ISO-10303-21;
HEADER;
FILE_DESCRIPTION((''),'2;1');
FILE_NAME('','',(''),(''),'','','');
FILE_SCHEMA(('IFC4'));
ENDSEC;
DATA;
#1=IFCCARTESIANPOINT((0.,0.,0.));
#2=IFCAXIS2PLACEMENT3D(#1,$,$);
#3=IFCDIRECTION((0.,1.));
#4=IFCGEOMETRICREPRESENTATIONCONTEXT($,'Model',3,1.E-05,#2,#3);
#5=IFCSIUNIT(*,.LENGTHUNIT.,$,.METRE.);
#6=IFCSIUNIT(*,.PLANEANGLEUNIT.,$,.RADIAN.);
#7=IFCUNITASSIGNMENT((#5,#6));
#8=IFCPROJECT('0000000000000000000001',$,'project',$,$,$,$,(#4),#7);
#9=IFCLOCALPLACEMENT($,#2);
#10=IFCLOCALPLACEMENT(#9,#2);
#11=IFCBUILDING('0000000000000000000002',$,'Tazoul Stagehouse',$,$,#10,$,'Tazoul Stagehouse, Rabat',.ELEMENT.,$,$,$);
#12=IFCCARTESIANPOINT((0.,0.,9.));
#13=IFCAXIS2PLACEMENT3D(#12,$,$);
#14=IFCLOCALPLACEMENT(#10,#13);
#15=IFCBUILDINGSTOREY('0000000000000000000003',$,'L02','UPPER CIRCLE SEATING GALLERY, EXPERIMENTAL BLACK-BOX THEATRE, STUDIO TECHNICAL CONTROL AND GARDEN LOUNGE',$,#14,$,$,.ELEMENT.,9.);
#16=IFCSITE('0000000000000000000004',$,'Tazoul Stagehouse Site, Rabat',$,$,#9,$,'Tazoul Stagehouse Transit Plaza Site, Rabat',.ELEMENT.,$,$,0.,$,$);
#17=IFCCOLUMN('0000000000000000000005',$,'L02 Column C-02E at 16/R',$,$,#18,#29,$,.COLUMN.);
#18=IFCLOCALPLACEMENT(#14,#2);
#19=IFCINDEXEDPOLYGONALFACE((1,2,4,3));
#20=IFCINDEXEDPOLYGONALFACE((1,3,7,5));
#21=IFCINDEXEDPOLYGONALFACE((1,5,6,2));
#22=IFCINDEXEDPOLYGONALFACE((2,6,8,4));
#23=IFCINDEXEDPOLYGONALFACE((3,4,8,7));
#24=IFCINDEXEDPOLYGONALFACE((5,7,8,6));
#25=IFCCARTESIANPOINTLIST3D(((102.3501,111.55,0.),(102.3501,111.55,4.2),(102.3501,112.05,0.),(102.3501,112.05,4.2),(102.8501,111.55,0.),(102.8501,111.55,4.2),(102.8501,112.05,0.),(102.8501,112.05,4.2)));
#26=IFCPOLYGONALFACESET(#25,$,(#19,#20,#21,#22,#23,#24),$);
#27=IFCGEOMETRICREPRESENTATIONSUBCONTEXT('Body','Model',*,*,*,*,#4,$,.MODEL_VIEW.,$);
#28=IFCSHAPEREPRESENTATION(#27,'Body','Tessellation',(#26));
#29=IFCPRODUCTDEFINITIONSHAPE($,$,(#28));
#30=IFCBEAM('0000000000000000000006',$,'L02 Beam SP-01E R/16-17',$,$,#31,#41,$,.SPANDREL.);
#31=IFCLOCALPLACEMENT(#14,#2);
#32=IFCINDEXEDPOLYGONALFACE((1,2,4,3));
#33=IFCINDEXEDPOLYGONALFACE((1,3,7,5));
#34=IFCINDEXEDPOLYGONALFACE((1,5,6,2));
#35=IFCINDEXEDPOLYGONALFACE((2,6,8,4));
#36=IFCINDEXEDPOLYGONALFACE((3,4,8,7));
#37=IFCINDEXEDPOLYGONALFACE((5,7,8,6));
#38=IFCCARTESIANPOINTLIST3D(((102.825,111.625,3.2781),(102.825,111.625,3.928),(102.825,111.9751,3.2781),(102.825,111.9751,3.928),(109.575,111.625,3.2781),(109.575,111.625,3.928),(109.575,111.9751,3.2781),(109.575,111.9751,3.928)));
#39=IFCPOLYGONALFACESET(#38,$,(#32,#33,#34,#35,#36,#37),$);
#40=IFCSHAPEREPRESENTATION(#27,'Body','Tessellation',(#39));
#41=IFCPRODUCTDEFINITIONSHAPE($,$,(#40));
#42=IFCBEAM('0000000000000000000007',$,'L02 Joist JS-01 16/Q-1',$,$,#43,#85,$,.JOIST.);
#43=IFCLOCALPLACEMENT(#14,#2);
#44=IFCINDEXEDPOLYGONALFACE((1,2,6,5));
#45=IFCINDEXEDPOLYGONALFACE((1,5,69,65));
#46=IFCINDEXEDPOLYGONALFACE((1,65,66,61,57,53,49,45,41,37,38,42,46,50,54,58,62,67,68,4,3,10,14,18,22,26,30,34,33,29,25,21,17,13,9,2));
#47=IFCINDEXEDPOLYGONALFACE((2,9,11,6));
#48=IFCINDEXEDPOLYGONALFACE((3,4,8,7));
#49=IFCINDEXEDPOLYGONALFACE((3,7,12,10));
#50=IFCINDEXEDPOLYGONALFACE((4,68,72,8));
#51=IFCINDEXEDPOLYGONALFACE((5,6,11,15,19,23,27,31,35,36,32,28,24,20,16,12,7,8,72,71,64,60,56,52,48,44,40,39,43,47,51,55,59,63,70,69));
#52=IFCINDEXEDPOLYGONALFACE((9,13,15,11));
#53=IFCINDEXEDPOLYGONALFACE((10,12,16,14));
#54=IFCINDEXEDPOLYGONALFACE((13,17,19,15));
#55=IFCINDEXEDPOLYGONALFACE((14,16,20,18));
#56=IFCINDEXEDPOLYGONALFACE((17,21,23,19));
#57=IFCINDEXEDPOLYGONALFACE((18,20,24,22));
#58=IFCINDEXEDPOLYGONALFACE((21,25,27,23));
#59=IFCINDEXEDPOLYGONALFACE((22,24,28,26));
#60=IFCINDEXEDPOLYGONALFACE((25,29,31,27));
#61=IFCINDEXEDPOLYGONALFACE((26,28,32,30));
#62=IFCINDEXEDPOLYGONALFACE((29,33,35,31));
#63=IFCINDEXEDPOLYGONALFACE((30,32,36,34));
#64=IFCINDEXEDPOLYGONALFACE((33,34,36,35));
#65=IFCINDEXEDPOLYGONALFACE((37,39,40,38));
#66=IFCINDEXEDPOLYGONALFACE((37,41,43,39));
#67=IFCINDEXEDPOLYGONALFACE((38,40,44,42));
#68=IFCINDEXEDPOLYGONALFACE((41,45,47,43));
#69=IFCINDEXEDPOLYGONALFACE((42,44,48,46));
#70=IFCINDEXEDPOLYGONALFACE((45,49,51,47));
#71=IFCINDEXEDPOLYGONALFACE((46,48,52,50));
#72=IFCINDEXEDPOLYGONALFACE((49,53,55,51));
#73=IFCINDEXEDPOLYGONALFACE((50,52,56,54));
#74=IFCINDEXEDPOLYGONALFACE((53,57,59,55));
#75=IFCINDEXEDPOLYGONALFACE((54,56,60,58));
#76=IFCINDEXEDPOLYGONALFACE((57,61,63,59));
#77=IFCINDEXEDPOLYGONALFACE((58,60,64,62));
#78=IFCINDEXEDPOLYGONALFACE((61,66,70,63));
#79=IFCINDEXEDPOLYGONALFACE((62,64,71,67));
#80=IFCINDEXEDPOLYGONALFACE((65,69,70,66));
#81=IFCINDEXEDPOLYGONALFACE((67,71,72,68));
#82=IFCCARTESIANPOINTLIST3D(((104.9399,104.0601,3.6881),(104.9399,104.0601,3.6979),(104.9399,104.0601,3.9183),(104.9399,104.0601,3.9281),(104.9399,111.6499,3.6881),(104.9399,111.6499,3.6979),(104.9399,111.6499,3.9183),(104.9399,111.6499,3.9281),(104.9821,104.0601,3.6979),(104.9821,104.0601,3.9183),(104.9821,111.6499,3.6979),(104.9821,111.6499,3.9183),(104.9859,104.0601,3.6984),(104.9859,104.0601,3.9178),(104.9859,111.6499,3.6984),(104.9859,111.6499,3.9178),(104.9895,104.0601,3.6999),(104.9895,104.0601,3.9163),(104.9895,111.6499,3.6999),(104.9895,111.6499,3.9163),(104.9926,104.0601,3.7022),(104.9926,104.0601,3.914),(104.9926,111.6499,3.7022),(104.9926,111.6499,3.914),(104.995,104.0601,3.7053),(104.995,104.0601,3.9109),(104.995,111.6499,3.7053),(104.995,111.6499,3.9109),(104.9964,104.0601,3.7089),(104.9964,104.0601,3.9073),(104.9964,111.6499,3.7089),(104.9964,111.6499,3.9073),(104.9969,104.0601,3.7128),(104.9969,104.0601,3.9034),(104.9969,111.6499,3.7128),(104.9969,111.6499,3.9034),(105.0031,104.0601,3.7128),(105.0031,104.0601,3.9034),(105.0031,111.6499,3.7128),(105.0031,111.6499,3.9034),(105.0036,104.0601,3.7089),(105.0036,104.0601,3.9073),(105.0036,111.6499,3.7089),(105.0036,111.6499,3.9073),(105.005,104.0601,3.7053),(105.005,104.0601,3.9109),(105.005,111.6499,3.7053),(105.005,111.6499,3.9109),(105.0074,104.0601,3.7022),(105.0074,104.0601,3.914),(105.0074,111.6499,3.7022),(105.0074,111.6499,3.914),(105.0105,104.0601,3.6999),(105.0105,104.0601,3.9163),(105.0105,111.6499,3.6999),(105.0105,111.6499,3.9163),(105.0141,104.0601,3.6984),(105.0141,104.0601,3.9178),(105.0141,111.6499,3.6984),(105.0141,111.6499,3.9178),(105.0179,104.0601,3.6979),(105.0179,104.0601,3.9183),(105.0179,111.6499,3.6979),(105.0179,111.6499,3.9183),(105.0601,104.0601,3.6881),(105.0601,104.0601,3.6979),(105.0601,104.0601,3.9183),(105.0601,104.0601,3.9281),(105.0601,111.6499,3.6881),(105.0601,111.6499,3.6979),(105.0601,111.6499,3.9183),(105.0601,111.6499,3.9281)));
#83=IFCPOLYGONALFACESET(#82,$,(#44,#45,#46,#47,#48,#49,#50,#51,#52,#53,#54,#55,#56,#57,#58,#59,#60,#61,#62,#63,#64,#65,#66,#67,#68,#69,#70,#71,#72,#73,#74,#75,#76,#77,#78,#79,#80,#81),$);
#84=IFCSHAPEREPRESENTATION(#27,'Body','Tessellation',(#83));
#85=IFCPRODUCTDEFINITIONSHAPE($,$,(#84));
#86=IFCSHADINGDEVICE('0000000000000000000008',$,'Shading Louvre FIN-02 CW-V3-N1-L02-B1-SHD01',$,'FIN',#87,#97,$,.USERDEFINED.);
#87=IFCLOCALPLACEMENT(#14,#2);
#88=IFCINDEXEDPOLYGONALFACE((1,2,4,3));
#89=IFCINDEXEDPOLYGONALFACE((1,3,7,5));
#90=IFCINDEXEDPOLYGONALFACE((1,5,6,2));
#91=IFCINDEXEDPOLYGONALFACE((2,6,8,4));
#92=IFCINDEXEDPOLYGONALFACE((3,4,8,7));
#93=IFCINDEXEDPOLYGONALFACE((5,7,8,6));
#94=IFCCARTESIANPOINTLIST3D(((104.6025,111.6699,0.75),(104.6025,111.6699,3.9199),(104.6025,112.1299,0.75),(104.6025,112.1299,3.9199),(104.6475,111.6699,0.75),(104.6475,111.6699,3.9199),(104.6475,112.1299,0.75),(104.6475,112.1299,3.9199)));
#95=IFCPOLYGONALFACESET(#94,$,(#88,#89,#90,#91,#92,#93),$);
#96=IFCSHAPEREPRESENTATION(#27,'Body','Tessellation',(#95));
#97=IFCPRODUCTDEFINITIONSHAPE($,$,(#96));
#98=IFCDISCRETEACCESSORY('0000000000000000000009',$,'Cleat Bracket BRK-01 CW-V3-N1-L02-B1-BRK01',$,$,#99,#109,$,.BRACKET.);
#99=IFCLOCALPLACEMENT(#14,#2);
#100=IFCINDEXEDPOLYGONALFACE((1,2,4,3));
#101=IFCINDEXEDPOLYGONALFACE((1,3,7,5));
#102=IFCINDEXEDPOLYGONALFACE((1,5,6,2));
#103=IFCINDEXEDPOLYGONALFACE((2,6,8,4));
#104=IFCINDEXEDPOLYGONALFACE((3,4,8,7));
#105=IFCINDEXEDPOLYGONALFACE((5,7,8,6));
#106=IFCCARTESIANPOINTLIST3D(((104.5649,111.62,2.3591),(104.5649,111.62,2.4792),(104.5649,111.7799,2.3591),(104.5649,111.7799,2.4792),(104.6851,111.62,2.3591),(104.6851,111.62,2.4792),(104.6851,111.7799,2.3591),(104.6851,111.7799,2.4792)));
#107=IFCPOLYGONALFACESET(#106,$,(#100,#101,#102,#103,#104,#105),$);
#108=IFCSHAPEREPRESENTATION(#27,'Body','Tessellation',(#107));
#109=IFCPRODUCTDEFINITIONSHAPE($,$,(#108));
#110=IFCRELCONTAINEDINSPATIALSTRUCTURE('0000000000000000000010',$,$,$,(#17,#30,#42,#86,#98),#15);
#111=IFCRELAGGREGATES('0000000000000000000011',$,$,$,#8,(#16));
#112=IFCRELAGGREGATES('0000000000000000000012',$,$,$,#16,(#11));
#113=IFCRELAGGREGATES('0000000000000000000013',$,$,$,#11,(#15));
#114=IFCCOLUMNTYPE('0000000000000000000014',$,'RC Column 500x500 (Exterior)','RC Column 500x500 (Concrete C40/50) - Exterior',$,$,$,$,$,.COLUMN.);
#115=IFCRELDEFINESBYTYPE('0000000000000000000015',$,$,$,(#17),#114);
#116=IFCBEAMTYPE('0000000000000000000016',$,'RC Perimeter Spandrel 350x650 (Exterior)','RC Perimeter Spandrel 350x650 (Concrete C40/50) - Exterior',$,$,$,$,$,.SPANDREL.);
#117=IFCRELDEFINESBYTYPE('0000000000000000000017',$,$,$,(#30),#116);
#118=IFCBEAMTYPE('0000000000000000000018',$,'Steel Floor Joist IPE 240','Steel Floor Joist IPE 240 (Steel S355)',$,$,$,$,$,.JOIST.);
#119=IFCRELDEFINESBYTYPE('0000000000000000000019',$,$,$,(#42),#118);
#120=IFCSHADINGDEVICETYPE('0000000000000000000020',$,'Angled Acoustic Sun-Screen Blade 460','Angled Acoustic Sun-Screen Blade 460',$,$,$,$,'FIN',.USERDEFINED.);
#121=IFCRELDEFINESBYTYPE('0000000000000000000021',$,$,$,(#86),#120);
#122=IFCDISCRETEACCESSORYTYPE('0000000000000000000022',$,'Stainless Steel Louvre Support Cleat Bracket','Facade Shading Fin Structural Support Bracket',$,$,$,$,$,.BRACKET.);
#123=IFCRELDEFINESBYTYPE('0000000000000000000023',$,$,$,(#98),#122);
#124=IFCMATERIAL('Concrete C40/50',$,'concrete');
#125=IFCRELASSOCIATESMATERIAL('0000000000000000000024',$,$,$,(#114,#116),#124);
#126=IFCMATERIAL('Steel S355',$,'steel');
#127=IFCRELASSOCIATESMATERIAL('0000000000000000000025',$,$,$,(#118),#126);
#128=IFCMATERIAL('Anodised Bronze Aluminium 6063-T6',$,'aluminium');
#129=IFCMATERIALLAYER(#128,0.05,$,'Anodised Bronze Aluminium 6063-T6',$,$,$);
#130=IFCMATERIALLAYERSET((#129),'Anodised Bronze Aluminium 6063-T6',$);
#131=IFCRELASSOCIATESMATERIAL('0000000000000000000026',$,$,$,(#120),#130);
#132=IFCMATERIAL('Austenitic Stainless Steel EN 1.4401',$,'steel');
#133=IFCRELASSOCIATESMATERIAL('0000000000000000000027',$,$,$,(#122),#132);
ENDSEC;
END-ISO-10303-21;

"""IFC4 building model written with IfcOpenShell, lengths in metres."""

from ifc_helpers import new_model, si_unit, direction, frame, origin, origin_2d, place, context, subcontext, project, spatial, rectangle, i_section, extrude, material, layer, layer_set, material_profile, profile_set, type_object, element, save


model = new_model("IFC4")

# Units and contexts
model_context = context("Model", 3, precision=1e-05, world=origin(), true_north=direction((0.0, 1.0)))
body_context = subcontext(model_context, "Body", "Model", "MODEL_VIEW")
ifc_project = project(units=[si_unit("LENGTHUNIT", "METRE"), si_unit("PLANEANGLEUNIT", "RADIAN")], contexts=[model_context])

# Site, building, storey
site_placement = place(None, origin())
site = spatial("IfcSite", under=ifc_project, at=site_placement, Name="Tazoul Stagehouse Site, Rabat", LongName="Tazoul Stagehouse Transit Plaza Site, Rabat", CompositionType="ELEMENT", RefElevation=0.0)
building_placement = place(site_placement, origin())
building = spatial("IfcBuilding", under=site, at=building_placement, Name="Tazoul Stagehouse", LongName="Tazoul Stagehouse, Rabat", CompositionType="ELEMENT")
storey_placement = place(building_placement, frame((0.0, 0.0, 9.0)))
storey = spatial("IfcBuildingStorey", under=building, at=storey_placement, Name="L02", Description="UPPER CIRCLE SEATING GALLERY, EXPERIMENTAL BLACK-BOX THEATRE, STUDIO TECHNICAL CONTROL AND GARDEN LOUNGE", CompositionType="ELEMENT", Elevation=9.0)

# Column
ifc_material_1 = material(Name="Concrete C40/50", Category="concrete")
ifc_material_profile_1 = material_profile(ifc_material_1, rectangle(XDim=0.5, YDim=0.5, at=origin_2d()), Name="RC 500x500")
ifc_profile_set_1 = profile_set([ifc_material_profile_1], Name="Concrete C40/50")
column_type = type_object("IfcColumnType", Name="RC Column 500x500 (Exterior)", Description="RC Column 500x500 (Concrete C40/50) - Exterior", PredefinedType="COLUMN", material=ifc_profile_set_1)
column_placement = place(storey_placement, frame((102.6001, 111.8, 0.0), z_axis=(0.0, 0.0, 1.0), x_axis=(1.0, 0.0, 0.0)))
element("IfcColumn", 1, at=column_placement, inside=storey, type_object=column_type, Name="L02 Column C-02E at 16/R", PredefinedType="COLUMN", context=body_context, shape_type="SweptSolid", body=[
    extrude(rectangle(XDim=0.5, YDim=0.5, at=origin_2d()), origin(), (0.0, 0.0, 1.0), 4.2),
])

# Shared definitions
ifc_material_2 = material(Name="Anodised Bronze Aluminium 6063-T6", Category="aluminium")

# Beams
ifc_material_profile_2 = material_profile(ifc_material_1, rectangle(XDim=0.3501, YDim=0.6499, at=origin_2d()), Name="RC 350x650")
ifc_profile_set_2 = profile_set([ifc_material_profile_2], Name="Concrete C40/50")
beam_type_1 = type_object("IfcBeamType", Name="RC Perimeter Spandrel 350x650 (Exterior)", Description="RC Perimeter Spandrel 350x650 (Concrete C40/50) - Exterior", PredefinedType="SPANDREL", material=ifc_profile_set_2)
beam_1_placement = place(storey_placement, frame((102.825, 111.8, 3.603), z_axis=(1.0, 0.0, 0.0), x_axis=(0.0, 1.0, 0.0)))
element("IfcBeam", 2, at=beam_1_placement, inside=storey, type_object=beam_type_1, Name="L02 Beam SP-01E R/16-17", PredefinedType="SPANDREL", context=body_context, shape_type="SweptSolid", body=[
    extrude(rectangle(XDim=0.3501, YDim=0.6499, at=origin_2d()), origin(), (0.0, 0.0, 1.0), 6.75),
])
ifc_material_3 = material(Name="Steel S355", Category="steel")
ifc_material_profile_3 = material_profile(ifc_material_3, i_section(OverallWidth=0.1201, OverallDepth=0.24, WebThickness=0.0061, FlangeThickness=0.0098, FilletRadius=0.0149, at=origin_2d()), Name="IPE 240")
ifc_profile_set_3 = profile_set([ifc_material_profile_3], Name="Steel S355")
beam_type_2 = type_object("IfcBeamType", Name="Steel Floor Joist IPE 240", Description="Steel Floor Joist IPE 240 (Steel S355)", PredefinedType="JOIST", material=ifc_profile_set_3)
beam_2_placement = place(storey_placement, frame((105.0, 104.0601, 3.8081), z_axis=(0.0, 1.0, 0.0), x_axis=(-1.0, 0.0, 0.0)))
element("IfcBeam", 3, at=beam_2_placement, inside=storey, type_object=beam_type_2, Name="L02 Joist JS-01 16/Q-1", PredefinedType="JOIST", context=body_context, shape_type="SweptSolid", body=[
    extrude(i_section(OverallWidth=0.1201, OverallDepth=0.24, WebThickness=0.0061, FlangeThickness=0.0098, FilletRadius=0.0149, at=origin_2d()), origin(), (0.0, 0.0, 1.0), 7.5898),
])

# Shading device
ifc_layer_1 = layer(ifc_material_2, 0.05, Name="Anodised Bronze Aluminium 6063-T6")
ifc_layer_set_1 = layer_set([ifc_layer_1], Name="Anodised Bronze Aluminium 6063-T6")
shading_device_type = type_object("IfcShadingDeviceType", Name="Angled Acoustic Sun-Screen Blade 460", Description="Angled Acoustic Sun-Screen Blade 460", ElementType="FIN", PredefinedType="USERDEFINED", material=ifc_layer_set_1)
shading_device_placement = place(storey_placement, frame((104.625, 111.8999, 0.75), z_axis=(0.0, 0.0, 1.0), x_axis=(1.0, 0.0, 0.0)))
element("IfcShadingDevice", 4, at=shading_device_placement, inside=storey, type_object=shading_device_type, Name="Shading Louvre FIN-02 CW-V3-N1-L02-B1-SHD01", ObjectType="FIN", PredefinedType="USERDEFINED", context=body_context, shape_type="SweptSolid", body=[
    extrude(rectangle(XDim=0.0449, YDim=0.46, at=origin_2d()), origin(), (0.0, 0.0, 1.0), 3.1699),
])

# Discrete accessory
ifc_material_4 = material(Name="Austenitic Stainless Steel EN 1.4401", Category="steel")
discrete_accessory_type = type_object("IfcDiscreteAccessoryType", Name="Stainless Steel Louvre Support Cleat Bracket", Description="Facade Shading Fin Structural Support Bracket", PredefinedType="BRACKET", material=ifc_material_4)
discrete_accessory_placement = place(storey_placement, frame((104.625, 111.7, 2.3591), z_axis=(0.0, 0.0, 1.0), x_axis=(1.0, 0.0, 0.0)))
element("IfcDiscreteAccessory", 5, at=discrete_accessory_placement, inside=storey, type_object=discrete_accessory_type, Name="Cleat Bracket BRK-01 CW-V3-N1-L02-B1-BRK01", PredefinedType="BRACKET", context=body_context, shape_type="SweptSolid", body=[
    extrude(rectangle(XDim=0.1201, YDim=0.1599, at=origin_2d()), origin(), (0.0, 0.0, 1.0), 0.1201),
])

save(model, "model.ifc")
